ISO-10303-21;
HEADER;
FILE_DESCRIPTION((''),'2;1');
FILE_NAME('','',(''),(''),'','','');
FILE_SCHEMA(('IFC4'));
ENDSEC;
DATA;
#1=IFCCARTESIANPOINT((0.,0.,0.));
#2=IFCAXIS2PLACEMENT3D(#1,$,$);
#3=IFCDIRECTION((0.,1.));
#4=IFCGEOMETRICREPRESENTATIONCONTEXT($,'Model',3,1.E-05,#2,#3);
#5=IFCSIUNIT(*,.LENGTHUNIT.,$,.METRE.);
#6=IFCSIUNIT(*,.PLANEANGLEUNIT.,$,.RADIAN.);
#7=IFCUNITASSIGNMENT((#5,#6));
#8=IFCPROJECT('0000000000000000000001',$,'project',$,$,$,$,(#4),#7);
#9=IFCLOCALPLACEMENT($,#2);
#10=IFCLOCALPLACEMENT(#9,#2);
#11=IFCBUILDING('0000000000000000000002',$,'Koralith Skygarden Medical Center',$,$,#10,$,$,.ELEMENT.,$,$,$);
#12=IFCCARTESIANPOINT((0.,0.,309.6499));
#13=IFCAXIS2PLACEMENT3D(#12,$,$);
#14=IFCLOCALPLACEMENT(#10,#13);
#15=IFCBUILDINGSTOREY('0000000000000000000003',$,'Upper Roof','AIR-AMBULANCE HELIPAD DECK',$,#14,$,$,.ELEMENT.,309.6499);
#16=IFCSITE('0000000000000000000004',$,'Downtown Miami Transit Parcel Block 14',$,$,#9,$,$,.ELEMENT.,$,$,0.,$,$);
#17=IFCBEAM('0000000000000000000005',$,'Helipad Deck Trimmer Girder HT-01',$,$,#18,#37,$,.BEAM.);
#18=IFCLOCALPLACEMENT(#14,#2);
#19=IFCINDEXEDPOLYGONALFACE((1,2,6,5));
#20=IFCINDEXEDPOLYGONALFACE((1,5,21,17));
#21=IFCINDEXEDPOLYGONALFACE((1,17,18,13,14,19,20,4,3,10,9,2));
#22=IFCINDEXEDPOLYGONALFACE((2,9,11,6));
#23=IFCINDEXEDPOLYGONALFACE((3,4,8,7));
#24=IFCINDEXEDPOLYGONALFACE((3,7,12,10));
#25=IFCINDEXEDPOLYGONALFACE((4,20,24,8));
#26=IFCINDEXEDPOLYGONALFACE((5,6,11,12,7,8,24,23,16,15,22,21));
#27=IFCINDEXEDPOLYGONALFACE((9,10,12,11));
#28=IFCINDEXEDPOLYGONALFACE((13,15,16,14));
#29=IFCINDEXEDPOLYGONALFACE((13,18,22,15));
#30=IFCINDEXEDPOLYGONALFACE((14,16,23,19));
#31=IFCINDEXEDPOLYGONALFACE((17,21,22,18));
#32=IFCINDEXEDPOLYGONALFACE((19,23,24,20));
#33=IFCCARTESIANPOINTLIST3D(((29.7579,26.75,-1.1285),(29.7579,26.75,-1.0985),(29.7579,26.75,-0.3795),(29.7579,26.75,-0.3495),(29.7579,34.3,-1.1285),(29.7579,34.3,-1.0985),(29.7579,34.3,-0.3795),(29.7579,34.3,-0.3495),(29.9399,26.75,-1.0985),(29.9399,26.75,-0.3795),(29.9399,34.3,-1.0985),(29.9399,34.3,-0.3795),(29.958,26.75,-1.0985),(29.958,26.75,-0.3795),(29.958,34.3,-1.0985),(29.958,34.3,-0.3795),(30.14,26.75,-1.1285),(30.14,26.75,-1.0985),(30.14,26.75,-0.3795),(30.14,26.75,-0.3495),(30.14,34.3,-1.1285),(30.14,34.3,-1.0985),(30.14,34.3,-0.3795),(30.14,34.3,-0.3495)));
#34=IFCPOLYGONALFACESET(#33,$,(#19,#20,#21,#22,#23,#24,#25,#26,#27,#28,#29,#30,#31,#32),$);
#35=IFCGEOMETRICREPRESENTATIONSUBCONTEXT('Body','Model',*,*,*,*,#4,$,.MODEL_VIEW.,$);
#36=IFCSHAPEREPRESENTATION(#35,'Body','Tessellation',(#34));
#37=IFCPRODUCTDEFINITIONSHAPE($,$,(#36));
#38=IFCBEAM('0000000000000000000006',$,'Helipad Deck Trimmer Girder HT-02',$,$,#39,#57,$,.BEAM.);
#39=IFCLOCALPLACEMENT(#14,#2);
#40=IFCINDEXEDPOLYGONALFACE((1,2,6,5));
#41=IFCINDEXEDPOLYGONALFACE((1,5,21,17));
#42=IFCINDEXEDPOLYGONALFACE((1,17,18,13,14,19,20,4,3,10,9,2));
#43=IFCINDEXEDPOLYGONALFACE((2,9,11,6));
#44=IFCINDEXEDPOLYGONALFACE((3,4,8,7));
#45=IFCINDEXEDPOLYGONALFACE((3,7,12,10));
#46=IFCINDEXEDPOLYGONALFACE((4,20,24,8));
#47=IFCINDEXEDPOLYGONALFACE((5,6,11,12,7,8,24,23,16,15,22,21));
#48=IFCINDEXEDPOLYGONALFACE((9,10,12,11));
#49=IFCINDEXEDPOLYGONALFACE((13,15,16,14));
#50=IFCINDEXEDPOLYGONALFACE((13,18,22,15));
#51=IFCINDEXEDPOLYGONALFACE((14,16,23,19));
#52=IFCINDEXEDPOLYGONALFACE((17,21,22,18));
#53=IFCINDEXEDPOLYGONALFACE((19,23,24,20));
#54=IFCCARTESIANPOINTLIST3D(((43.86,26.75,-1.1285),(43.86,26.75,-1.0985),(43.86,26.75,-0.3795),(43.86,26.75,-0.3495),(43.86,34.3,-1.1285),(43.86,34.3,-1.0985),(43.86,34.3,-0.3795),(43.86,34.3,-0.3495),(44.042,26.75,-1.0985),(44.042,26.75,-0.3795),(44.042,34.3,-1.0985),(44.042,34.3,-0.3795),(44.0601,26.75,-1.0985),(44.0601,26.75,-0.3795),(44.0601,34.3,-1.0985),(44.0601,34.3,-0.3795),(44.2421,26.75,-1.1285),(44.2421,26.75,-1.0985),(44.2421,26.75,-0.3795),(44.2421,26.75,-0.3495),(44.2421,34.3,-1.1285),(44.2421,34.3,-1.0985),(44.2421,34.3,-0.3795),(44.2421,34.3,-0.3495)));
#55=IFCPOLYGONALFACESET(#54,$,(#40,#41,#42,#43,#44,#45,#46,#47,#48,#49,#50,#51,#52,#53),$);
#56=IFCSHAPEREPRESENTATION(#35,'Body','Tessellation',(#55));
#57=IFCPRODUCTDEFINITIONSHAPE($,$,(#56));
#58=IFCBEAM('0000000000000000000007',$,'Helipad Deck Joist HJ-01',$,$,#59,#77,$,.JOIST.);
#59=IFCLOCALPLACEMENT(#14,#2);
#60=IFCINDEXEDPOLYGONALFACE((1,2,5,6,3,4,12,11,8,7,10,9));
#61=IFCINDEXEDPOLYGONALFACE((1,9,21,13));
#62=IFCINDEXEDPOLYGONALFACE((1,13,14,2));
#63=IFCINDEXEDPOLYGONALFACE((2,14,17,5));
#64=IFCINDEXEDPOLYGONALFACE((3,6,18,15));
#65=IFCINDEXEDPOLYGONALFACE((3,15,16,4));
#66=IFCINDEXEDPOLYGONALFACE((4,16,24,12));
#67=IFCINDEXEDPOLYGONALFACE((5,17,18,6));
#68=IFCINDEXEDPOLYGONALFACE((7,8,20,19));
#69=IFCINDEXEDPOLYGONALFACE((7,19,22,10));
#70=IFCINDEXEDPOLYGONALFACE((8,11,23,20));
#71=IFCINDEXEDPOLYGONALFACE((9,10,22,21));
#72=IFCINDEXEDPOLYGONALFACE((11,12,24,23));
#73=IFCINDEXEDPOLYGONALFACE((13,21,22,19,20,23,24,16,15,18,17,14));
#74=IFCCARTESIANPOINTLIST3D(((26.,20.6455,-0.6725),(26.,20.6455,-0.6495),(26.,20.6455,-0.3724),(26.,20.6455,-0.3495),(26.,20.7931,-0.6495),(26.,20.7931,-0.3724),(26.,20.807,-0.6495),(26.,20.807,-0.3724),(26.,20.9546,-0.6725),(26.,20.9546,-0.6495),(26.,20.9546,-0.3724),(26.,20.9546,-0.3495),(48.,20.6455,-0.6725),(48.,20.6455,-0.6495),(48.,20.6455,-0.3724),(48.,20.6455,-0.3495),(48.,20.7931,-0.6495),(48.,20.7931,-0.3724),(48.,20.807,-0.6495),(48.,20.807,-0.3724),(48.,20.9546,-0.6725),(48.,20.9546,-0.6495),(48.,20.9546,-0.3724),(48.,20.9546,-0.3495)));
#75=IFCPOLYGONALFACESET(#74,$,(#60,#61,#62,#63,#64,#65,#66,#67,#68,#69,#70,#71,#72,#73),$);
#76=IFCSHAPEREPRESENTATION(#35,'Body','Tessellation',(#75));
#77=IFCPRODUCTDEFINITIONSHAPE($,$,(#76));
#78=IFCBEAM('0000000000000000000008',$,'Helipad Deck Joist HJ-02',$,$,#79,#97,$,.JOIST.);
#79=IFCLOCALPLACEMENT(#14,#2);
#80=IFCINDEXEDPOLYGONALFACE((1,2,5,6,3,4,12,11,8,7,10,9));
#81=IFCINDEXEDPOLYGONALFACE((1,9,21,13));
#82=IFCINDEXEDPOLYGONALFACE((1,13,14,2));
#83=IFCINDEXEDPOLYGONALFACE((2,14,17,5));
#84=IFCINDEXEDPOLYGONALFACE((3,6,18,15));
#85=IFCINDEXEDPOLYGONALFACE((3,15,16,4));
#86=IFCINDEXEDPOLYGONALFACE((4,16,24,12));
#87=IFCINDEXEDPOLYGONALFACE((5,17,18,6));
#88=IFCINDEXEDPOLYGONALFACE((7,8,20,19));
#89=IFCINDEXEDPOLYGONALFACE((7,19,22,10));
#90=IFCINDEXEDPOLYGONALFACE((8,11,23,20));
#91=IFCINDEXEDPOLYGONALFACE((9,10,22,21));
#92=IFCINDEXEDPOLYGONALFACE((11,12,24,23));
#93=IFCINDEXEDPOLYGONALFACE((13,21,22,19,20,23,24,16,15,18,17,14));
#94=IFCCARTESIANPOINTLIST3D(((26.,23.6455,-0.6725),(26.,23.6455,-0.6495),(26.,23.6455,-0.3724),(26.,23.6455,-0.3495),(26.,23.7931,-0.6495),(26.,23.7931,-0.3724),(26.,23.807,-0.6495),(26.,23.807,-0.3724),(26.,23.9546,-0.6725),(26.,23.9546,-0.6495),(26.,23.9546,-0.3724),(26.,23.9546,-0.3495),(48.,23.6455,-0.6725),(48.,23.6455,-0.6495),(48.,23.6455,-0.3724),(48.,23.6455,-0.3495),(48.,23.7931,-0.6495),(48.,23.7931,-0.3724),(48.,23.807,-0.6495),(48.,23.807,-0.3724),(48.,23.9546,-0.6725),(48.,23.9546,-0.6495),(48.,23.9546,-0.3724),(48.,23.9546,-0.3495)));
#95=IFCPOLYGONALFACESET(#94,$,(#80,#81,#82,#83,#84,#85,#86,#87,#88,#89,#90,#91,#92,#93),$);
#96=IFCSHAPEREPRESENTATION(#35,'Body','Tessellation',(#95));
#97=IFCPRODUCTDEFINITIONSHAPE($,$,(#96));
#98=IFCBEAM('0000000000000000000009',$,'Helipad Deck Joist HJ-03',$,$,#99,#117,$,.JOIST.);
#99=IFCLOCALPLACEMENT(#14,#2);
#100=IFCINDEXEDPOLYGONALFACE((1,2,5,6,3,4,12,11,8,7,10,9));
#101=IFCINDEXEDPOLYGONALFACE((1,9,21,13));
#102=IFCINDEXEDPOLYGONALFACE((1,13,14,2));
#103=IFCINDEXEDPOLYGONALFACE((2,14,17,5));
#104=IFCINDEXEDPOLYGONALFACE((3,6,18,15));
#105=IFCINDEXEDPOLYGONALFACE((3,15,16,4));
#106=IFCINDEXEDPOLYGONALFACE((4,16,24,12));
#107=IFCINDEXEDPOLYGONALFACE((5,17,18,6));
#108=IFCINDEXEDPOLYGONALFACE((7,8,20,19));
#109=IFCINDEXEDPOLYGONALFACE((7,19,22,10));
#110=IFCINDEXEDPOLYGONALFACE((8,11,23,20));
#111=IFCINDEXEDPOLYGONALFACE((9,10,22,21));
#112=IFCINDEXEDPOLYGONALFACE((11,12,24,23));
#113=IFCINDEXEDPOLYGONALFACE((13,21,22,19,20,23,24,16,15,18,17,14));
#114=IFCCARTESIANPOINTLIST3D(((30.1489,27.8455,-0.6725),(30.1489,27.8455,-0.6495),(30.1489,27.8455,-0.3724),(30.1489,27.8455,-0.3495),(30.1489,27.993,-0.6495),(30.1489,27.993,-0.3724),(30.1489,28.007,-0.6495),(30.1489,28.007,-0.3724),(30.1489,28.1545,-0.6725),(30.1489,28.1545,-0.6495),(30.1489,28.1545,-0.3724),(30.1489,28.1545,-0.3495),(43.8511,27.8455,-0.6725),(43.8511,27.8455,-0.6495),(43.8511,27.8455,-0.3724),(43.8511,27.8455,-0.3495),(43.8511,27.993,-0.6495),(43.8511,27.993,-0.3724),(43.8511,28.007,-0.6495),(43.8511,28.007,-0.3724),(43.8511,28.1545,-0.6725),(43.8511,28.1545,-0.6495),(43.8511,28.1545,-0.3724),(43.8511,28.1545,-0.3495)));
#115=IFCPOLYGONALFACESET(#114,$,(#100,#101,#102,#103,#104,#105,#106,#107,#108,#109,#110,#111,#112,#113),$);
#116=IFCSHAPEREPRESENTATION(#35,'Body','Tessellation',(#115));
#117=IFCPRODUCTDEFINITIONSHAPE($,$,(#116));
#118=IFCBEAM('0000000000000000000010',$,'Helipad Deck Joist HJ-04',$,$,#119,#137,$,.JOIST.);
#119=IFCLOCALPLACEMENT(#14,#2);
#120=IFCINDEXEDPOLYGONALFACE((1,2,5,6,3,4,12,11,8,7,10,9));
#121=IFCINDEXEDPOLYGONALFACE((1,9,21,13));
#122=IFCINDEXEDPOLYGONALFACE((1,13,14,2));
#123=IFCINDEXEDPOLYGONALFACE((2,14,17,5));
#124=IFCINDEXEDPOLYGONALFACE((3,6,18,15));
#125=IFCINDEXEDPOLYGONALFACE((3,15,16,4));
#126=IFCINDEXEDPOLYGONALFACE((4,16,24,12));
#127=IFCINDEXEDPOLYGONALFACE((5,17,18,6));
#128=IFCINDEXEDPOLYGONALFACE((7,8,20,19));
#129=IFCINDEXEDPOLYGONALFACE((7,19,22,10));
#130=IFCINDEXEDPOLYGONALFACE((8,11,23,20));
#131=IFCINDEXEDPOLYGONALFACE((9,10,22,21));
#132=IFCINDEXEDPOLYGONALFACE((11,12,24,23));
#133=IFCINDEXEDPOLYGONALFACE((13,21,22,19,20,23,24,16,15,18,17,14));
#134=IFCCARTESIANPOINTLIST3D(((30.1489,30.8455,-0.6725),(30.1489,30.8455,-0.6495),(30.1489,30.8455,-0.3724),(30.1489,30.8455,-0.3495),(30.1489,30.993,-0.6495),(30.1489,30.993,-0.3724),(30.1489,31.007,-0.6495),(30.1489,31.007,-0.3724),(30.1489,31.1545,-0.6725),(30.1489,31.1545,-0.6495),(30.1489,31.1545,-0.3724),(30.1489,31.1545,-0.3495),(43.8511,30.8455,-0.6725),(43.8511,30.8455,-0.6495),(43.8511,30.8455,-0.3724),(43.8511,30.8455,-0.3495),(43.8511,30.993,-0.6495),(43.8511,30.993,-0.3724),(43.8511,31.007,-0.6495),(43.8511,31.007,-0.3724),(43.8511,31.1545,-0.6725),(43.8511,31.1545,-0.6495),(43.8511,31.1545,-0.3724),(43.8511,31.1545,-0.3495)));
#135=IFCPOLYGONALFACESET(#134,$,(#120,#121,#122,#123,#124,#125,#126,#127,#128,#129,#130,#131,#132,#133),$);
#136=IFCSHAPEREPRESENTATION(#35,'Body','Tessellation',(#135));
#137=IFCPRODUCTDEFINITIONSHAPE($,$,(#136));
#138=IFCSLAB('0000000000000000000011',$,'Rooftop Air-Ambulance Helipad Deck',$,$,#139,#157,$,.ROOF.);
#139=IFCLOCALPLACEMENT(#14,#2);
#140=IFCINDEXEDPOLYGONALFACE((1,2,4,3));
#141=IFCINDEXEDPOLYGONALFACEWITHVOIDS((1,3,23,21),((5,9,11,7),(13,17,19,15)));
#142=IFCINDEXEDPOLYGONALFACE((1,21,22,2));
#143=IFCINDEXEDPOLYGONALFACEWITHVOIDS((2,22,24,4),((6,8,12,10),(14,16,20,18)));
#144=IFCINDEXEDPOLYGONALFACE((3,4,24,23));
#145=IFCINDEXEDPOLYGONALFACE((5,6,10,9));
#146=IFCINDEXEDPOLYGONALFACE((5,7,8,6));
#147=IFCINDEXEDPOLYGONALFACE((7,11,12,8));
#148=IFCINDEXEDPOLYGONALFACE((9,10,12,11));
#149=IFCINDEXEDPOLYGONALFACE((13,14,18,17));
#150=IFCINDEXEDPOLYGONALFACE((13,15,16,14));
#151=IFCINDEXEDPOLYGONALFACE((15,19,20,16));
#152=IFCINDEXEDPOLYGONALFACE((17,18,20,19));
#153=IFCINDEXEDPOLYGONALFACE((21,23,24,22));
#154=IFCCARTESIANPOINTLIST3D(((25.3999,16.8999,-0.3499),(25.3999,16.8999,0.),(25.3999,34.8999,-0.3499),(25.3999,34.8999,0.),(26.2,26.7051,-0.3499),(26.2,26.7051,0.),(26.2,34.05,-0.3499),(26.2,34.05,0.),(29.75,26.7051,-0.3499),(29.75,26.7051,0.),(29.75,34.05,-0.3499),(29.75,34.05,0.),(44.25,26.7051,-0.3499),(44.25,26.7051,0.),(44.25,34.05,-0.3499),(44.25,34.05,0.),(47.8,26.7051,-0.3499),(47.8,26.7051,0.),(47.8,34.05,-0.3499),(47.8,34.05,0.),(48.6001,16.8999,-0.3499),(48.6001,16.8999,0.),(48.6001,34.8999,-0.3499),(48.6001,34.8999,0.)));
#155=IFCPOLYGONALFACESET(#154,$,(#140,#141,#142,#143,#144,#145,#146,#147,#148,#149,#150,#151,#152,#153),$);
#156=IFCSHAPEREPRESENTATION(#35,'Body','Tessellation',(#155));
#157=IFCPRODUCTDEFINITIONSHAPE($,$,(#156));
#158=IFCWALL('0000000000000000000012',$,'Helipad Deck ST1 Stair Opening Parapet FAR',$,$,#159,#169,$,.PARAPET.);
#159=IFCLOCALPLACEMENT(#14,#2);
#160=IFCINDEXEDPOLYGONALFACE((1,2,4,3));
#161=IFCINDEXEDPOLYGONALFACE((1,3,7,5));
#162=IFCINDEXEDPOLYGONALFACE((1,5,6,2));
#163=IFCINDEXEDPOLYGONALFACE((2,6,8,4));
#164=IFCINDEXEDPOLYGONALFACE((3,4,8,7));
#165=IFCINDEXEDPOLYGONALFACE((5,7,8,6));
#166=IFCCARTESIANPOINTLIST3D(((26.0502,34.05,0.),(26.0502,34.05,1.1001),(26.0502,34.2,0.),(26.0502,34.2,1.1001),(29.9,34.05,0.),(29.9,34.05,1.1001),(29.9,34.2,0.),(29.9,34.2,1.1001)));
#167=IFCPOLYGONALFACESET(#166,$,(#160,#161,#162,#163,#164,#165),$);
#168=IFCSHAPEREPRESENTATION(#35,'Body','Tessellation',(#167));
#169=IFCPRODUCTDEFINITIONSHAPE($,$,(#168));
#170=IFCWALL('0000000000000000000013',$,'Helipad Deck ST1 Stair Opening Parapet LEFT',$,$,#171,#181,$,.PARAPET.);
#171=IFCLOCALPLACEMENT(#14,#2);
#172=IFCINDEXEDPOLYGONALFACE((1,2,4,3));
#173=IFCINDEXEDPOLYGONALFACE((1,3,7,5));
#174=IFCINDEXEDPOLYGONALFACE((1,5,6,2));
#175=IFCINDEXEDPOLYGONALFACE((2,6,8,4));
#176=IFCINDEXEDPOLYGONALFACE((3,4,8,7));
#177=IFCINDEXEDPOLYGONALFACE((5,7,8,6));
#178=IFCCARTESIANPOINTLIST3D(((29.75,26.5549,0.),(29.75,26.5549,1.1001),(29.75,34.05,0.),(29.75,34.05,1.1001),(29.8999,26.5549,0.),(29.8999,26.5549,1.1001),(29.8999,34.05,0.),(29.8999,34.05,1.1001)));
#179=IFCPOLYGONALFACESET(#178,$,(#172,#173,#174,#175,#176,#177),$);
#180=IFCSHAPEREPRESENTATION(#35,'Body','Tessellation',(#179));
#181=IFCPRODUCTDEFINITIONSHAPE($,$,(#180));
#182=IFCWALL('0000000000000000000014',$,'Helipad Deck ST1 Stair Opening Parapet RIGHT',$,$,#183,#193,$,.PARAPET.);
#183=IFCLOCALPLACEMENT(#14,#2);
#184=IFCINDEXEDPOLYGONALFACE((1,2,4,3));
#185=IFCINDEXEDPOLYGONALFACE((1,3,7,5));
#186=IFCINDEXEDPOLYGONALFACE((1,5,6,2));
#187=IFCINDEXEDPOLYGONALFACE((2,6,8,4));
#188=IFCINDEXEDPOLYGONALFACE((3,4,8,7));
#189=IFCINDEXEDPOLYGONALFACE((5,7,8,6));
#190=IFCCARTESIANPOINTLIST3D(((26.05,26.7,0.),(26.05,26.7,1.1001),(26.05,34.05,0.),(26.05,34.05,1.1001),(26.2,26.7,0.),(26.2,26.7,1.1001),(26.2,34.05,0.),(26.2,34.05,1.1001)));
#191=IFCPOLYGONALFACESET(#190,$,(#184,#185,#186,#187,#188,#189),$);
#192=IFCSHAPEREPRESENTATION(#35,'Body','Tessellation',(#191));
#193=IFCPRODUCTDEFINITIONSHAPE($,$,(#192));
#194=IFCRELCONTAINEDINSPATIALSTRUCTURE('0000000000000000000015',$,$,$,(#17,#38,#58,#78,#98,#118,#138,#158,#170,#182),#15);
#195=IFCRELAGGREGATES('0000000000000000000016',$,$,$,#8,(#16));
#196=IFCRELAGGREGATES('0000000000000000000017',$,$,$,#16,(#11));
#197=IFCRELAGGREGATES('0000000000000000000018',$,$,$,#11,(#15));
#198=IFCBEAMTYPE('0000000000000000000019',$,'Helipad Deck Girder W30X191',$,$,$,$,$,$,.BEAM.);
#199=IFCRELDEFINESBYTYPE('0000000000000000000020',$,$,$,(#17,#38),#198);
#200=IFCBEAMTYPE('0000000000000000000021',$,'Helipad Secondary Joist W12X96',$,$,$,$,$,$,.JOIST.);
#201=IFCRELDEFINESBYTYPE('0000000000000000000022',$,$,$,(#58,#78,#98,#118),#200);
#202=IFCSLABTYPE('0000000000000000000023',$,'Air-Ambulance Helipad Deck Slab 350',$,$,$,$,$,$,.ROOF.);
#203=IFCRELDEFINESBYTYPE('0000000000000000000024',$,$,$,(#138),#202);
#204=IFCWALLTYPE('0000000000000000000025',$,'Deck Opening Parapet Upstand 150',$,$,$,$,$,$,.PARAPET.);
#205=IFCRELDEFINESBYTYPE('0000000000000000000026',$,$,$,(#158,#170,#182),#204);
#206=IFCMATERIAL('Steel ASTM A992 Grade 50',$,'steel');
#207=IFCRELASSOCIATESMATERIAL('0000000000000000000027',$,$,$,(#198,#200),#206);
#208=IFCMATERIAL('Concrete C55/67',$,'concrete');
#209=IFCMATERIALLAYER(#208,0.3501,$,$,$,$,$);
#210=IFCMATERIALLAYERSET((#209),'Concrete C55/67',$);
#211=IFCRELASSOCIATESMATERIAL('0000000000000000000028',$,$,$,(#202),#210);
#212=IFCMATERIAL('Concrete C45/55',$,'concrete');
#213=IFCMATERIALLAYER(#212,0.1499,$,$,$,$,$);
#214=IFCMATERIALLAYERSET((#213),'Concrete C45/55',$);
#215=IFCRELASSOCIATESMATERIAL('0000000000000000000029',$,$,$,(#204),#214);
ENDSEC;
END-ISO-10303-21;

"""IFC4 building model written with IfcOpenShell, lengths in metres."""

from ifc_helpers import new_model, si_unit, direction, frame, frame_2d, origin, origin_2d, place, context, subcontext, project, spatial, polyline, rectangle, i_section, outline, extrude, material, layer, layer_set, material_profile, profile_set, type_object, element, save


model = new_model("IFC4")

# Units and contexts
model_context = context("Model", 3, precision=1e-05, world=origin(), true_north=direction((0.0, 1.0)))
body_context = subcontext(model_context, "Body", "Model", "MODEL_VIEW")
ifc_project = project(units=[si_unit("LENGTHUNIT", "METRE"), si_unit("PLANEANGLEUNIT", "RADIAN")], contexts=[model_context])

# Site, building, storey
site_placement = place(None, origin())
site = spatial("IfcSite", under=ifc_project, at=site_placement, Name="Downtown Miami Transit Parcel Block 14", CompositionType="ELEMENT", RefElevation=0.0)
building_placement = place(site_placement, origin())
building = spatial("IfcBuilding", under=site, at=building_placement, Name="Koralith Skygarden Medical Center", CompositionType="ELEMENT")
storey_placement = place(building_placement, frame((0.0, 0.0, 309.6499)))
storey = spatial("IfcBuildingStorey", under=building, at=storey_placement, Name="Upper Roof", Description="AIR-AMBULANCE HELIPAD DECK", CompositionType="ELEMENT", Elevation=309.6499)

# Beams
ifc_material_1 = material(Name="Steel ASTM A992 Grade 50", Category="steel")
ifc_material_profile_1 = material_profile(ifc_material_1, i_section(OverallWidth=0.3821, OverallDepth=0.7791, WebThickness=0.0181, FlangeThickness=0.03, at=origin_2d()), Name="W30X191")
ifc_profile_set_1 = profile_set([ifc_material_profile_1], Name="Steel ASTM A992 Grade 50")
beam_type_1 = type_object("IfcBeamType", Name="Helipad Deck Girder W30X191", PredefinedType="BEAM", material=ifc_profile_set_1)
for number, where, z_axis, x_axis, name in (
    (1, (29.949, 26.75, -0.739), (0.0, 1.0, 0.0), (-1.0, 0.0, 0.0), "Helipad Deck Trimmer Girder HT-01"),
    (2, (44.051, 26.75, -0.739), (0.0, 1.0, 0.0), (-1.0, 0.0, 0.0), "Helipad Deck Trimmer Girder HT-02"),
):
    element("IfcBeam", number, at=place(storey_placement, frame(where, z_axis=z_axis, x_axis=x_axis)), inside=storey, type_object=beam_type_1, Name=name, PredefinedType="BEAM", context=body_context, shape_type="SweptSolid", body=[
        extrude(i_section(OverallWidth=0.3821, OverallDepth=0.7791, WebThickness=0.0181, FlangeThickness=0.03, at=origin_2d()), origin(), (0.0, 0.0, 1.0), 7.55),
    ])
ifc_material_profile_2 = material_profile(ifc_material_1, i_section(OverallWidth=0.3091, OverallDepth=0.323, WebThickness=0.0139, FlangeThickness=0.0229, at=origin_2d()), Name="W12X96")
ifc_profile_set_2 = profile_set([ifc_material_profile_2], Name="Steel ASTM A992 Grade 50")
beam_type_2 = type_object("IfcBeamType", Name="Helipad Secondary Joist W12X96", PredefinedType="JOIST", material=ifc_profile_set_2)
for number, where, z_axis, x_axis, name in (
    (3, (26.0, 20.8, -0.511), (1.0, 0.0, 0.0), (0.0, 1.0, 0.0), "Helipad Deck Joist HJ-01"),
    (4, (26.0, 23.8, -0.511), (1.0, 0.0, 0.0), (0.0, 1.0, 0.0), "Helipad Deck Joist HJ-02"),
):
    element("IfcBeam", number, at=place(storey_placement, frame(where, z_axis=z_axis, x_axis=x_axis)), inside=storey, type_object=beam_type_2, Name=name, PredefinedType="JOIST", context=body_context, shape_type="SweptSolid", body=[
        extrude(i_section(OverallWidth=0.3091, OverallDepth=0.323, WebThickness=0.0139, FlangeThickness=0.0229, at=origin_2d()), origin(), (0.0, 0.0, 1.0), 22.0),
    ])
for number, where, z_axis, x_axis, name in (
    (5, (30.1489, 28.0, -0.511), (1.0, 0.0, 0.0), (0.0, 1.0, 0.0), "Helipad Deck Joist HJ-03"),
    (6, (30.1489, 31.0, -0.511), (1.0, 0.0, 0.0), (0.0, 1.0, 0.0), "Helipad Deck Joist HJ-04"),
):
    element("IfcBeam", number, at=place(storey_placement, frame(where, z_axis=z_axis, x_axis=x_axis)), inside=storey, type_object=beam_type_2, Name=name, PredefinedType="JOIST", context=body_context, shape_type="SweptSolid", body=[
        extrude(i_section(OverallWidth=0.3091, OverallDepth=0.323, WebThickness=0.0139, FlangeThickness=0.0229, at=origin_2d()), origin(), (0.0, 0.0, 1.0), 13.7021),
    ])

# Slab
ifc_material_2 = material(Name="Concrete C55/67", Category="concrete")
ifc_layer_1 = layer(ifc_material_2, 0.3501)
ifc_layer_set_1 = layer_set([ifc_layer_1], Name="Concrete C55/67")
slab_type = type_object("IfcSlabType", Name="Air-Ambulance Helipad Deck Slab 350", PredefinedType="ROOF", material=ifc_layer_set_1)
slab_placement = place(storey_placement, frame((0.0, 0.0, -0.3499)))
element("IfcSlab", 7, at=slab_placement, inside=storey, type_object=slab_type, Name="Rooftop Air-Ambulance Helipad Deck", PredefinedType="ROOF", context=body_context, shape_type="SweptSolid", body=[
    extrude(outline(polyline([(25.3999, 16.8999), (48.6001, 16.8999), (48.6001, 34.8999), (25.3999, 34.8999), (25.3999, 16.8999)]), holes=[polyline([(26.2, 26.7051), (29.75, 26.7051), (29.75, 34.05), (26.2, 34.05), (26.2, 26.7051)]), polyline([(44.25, 26.7051), (47.8, 26.7051), (47.8, 34.05), (44.25, 34.05), (44.25, 26.7051)])]), origin(), (0.0, 0.0, 1.0), 0.3499),
])

# Walls
ifc_material_3 = material(Name="Concrete C45/55", Category="concrete")
ifc_layer_2 = layer(ifc_material_3, 0.1499)
ifc_layer_set_2 = layer_set([ifc_layer_2], Name="Concrete C45/55")
wall_type_1 = type_object("IfcWallType", Name="Deck Opening Parapet Upstand 150", PredefinedType="PARAPET", material=ifc_layer_set_2)
wall_1_placement = place(storey_placement, frame((29.8999, 34.125, 0.0), z_axis=(0.0, 0.0, 1.0), x_axis=(-1.0, 0.0, 0.0)))
element("IfcWall", 8, at=wall_1_placement, inside=storey, type_object=wall_type_1, Name="Helipad Deck ST1 Stair Opening Parapet FAR", PredefinedType="PARAPET", context=body_context, shape_type="SweptSolid", body=[
    extrude(rectangle(XDim=3.8499, YDim=0.1499, at=frame_2d((1.9248, 0.0))), origin(), (0.0, 0.0, 1.0), 1.1001),
])
wall_2_placement = place(storey_placement, frame((29.825, 26.5549, 0.0), z_axis=(0.0, 0.0, 1.0), x_axis=(0.0, 1.0, 0.0)))
element("IfcWall", 9, at=wall_2_placement, inside=storey, type_object=wall_type_1, Name="Helipad Deck ST1 Stair Opening Parapet LEFT", PredefinedType="PARAPET", context=body_context, shape_type="SweptSolid", body=[
    extrude(rectangle(XDim=7.4951, YDim=0.1499, at=frame_2d((3.7476, 0.0))), origin(), (0.0, 0.0, 1.0), 1.1001),
])
wall_3_placement = place(storey_placement, frame((26.125, 26.7, 0.0), z_axis=(0.0, 0.0, 1.0), x_axis=(0.0, 1.0, 0.0)))
element("IfcWall", 10, at=wall_3_placement, inside=storey, type_object=wall_type_1, Name="Helipad Deck ST1 Stair Opening Parapet RIGHT", PredefinedType="PARAPET", context=body_context, shape_type="SweptSolid", body=[
    extrude(rectangle(XDim=7.3501, YDim=0.1499, at=frame_2d((3.675, 0.0))), origin(), (0.0, 0.0, 1.0), 1.1001),
])

save(model, "model.ifc")
